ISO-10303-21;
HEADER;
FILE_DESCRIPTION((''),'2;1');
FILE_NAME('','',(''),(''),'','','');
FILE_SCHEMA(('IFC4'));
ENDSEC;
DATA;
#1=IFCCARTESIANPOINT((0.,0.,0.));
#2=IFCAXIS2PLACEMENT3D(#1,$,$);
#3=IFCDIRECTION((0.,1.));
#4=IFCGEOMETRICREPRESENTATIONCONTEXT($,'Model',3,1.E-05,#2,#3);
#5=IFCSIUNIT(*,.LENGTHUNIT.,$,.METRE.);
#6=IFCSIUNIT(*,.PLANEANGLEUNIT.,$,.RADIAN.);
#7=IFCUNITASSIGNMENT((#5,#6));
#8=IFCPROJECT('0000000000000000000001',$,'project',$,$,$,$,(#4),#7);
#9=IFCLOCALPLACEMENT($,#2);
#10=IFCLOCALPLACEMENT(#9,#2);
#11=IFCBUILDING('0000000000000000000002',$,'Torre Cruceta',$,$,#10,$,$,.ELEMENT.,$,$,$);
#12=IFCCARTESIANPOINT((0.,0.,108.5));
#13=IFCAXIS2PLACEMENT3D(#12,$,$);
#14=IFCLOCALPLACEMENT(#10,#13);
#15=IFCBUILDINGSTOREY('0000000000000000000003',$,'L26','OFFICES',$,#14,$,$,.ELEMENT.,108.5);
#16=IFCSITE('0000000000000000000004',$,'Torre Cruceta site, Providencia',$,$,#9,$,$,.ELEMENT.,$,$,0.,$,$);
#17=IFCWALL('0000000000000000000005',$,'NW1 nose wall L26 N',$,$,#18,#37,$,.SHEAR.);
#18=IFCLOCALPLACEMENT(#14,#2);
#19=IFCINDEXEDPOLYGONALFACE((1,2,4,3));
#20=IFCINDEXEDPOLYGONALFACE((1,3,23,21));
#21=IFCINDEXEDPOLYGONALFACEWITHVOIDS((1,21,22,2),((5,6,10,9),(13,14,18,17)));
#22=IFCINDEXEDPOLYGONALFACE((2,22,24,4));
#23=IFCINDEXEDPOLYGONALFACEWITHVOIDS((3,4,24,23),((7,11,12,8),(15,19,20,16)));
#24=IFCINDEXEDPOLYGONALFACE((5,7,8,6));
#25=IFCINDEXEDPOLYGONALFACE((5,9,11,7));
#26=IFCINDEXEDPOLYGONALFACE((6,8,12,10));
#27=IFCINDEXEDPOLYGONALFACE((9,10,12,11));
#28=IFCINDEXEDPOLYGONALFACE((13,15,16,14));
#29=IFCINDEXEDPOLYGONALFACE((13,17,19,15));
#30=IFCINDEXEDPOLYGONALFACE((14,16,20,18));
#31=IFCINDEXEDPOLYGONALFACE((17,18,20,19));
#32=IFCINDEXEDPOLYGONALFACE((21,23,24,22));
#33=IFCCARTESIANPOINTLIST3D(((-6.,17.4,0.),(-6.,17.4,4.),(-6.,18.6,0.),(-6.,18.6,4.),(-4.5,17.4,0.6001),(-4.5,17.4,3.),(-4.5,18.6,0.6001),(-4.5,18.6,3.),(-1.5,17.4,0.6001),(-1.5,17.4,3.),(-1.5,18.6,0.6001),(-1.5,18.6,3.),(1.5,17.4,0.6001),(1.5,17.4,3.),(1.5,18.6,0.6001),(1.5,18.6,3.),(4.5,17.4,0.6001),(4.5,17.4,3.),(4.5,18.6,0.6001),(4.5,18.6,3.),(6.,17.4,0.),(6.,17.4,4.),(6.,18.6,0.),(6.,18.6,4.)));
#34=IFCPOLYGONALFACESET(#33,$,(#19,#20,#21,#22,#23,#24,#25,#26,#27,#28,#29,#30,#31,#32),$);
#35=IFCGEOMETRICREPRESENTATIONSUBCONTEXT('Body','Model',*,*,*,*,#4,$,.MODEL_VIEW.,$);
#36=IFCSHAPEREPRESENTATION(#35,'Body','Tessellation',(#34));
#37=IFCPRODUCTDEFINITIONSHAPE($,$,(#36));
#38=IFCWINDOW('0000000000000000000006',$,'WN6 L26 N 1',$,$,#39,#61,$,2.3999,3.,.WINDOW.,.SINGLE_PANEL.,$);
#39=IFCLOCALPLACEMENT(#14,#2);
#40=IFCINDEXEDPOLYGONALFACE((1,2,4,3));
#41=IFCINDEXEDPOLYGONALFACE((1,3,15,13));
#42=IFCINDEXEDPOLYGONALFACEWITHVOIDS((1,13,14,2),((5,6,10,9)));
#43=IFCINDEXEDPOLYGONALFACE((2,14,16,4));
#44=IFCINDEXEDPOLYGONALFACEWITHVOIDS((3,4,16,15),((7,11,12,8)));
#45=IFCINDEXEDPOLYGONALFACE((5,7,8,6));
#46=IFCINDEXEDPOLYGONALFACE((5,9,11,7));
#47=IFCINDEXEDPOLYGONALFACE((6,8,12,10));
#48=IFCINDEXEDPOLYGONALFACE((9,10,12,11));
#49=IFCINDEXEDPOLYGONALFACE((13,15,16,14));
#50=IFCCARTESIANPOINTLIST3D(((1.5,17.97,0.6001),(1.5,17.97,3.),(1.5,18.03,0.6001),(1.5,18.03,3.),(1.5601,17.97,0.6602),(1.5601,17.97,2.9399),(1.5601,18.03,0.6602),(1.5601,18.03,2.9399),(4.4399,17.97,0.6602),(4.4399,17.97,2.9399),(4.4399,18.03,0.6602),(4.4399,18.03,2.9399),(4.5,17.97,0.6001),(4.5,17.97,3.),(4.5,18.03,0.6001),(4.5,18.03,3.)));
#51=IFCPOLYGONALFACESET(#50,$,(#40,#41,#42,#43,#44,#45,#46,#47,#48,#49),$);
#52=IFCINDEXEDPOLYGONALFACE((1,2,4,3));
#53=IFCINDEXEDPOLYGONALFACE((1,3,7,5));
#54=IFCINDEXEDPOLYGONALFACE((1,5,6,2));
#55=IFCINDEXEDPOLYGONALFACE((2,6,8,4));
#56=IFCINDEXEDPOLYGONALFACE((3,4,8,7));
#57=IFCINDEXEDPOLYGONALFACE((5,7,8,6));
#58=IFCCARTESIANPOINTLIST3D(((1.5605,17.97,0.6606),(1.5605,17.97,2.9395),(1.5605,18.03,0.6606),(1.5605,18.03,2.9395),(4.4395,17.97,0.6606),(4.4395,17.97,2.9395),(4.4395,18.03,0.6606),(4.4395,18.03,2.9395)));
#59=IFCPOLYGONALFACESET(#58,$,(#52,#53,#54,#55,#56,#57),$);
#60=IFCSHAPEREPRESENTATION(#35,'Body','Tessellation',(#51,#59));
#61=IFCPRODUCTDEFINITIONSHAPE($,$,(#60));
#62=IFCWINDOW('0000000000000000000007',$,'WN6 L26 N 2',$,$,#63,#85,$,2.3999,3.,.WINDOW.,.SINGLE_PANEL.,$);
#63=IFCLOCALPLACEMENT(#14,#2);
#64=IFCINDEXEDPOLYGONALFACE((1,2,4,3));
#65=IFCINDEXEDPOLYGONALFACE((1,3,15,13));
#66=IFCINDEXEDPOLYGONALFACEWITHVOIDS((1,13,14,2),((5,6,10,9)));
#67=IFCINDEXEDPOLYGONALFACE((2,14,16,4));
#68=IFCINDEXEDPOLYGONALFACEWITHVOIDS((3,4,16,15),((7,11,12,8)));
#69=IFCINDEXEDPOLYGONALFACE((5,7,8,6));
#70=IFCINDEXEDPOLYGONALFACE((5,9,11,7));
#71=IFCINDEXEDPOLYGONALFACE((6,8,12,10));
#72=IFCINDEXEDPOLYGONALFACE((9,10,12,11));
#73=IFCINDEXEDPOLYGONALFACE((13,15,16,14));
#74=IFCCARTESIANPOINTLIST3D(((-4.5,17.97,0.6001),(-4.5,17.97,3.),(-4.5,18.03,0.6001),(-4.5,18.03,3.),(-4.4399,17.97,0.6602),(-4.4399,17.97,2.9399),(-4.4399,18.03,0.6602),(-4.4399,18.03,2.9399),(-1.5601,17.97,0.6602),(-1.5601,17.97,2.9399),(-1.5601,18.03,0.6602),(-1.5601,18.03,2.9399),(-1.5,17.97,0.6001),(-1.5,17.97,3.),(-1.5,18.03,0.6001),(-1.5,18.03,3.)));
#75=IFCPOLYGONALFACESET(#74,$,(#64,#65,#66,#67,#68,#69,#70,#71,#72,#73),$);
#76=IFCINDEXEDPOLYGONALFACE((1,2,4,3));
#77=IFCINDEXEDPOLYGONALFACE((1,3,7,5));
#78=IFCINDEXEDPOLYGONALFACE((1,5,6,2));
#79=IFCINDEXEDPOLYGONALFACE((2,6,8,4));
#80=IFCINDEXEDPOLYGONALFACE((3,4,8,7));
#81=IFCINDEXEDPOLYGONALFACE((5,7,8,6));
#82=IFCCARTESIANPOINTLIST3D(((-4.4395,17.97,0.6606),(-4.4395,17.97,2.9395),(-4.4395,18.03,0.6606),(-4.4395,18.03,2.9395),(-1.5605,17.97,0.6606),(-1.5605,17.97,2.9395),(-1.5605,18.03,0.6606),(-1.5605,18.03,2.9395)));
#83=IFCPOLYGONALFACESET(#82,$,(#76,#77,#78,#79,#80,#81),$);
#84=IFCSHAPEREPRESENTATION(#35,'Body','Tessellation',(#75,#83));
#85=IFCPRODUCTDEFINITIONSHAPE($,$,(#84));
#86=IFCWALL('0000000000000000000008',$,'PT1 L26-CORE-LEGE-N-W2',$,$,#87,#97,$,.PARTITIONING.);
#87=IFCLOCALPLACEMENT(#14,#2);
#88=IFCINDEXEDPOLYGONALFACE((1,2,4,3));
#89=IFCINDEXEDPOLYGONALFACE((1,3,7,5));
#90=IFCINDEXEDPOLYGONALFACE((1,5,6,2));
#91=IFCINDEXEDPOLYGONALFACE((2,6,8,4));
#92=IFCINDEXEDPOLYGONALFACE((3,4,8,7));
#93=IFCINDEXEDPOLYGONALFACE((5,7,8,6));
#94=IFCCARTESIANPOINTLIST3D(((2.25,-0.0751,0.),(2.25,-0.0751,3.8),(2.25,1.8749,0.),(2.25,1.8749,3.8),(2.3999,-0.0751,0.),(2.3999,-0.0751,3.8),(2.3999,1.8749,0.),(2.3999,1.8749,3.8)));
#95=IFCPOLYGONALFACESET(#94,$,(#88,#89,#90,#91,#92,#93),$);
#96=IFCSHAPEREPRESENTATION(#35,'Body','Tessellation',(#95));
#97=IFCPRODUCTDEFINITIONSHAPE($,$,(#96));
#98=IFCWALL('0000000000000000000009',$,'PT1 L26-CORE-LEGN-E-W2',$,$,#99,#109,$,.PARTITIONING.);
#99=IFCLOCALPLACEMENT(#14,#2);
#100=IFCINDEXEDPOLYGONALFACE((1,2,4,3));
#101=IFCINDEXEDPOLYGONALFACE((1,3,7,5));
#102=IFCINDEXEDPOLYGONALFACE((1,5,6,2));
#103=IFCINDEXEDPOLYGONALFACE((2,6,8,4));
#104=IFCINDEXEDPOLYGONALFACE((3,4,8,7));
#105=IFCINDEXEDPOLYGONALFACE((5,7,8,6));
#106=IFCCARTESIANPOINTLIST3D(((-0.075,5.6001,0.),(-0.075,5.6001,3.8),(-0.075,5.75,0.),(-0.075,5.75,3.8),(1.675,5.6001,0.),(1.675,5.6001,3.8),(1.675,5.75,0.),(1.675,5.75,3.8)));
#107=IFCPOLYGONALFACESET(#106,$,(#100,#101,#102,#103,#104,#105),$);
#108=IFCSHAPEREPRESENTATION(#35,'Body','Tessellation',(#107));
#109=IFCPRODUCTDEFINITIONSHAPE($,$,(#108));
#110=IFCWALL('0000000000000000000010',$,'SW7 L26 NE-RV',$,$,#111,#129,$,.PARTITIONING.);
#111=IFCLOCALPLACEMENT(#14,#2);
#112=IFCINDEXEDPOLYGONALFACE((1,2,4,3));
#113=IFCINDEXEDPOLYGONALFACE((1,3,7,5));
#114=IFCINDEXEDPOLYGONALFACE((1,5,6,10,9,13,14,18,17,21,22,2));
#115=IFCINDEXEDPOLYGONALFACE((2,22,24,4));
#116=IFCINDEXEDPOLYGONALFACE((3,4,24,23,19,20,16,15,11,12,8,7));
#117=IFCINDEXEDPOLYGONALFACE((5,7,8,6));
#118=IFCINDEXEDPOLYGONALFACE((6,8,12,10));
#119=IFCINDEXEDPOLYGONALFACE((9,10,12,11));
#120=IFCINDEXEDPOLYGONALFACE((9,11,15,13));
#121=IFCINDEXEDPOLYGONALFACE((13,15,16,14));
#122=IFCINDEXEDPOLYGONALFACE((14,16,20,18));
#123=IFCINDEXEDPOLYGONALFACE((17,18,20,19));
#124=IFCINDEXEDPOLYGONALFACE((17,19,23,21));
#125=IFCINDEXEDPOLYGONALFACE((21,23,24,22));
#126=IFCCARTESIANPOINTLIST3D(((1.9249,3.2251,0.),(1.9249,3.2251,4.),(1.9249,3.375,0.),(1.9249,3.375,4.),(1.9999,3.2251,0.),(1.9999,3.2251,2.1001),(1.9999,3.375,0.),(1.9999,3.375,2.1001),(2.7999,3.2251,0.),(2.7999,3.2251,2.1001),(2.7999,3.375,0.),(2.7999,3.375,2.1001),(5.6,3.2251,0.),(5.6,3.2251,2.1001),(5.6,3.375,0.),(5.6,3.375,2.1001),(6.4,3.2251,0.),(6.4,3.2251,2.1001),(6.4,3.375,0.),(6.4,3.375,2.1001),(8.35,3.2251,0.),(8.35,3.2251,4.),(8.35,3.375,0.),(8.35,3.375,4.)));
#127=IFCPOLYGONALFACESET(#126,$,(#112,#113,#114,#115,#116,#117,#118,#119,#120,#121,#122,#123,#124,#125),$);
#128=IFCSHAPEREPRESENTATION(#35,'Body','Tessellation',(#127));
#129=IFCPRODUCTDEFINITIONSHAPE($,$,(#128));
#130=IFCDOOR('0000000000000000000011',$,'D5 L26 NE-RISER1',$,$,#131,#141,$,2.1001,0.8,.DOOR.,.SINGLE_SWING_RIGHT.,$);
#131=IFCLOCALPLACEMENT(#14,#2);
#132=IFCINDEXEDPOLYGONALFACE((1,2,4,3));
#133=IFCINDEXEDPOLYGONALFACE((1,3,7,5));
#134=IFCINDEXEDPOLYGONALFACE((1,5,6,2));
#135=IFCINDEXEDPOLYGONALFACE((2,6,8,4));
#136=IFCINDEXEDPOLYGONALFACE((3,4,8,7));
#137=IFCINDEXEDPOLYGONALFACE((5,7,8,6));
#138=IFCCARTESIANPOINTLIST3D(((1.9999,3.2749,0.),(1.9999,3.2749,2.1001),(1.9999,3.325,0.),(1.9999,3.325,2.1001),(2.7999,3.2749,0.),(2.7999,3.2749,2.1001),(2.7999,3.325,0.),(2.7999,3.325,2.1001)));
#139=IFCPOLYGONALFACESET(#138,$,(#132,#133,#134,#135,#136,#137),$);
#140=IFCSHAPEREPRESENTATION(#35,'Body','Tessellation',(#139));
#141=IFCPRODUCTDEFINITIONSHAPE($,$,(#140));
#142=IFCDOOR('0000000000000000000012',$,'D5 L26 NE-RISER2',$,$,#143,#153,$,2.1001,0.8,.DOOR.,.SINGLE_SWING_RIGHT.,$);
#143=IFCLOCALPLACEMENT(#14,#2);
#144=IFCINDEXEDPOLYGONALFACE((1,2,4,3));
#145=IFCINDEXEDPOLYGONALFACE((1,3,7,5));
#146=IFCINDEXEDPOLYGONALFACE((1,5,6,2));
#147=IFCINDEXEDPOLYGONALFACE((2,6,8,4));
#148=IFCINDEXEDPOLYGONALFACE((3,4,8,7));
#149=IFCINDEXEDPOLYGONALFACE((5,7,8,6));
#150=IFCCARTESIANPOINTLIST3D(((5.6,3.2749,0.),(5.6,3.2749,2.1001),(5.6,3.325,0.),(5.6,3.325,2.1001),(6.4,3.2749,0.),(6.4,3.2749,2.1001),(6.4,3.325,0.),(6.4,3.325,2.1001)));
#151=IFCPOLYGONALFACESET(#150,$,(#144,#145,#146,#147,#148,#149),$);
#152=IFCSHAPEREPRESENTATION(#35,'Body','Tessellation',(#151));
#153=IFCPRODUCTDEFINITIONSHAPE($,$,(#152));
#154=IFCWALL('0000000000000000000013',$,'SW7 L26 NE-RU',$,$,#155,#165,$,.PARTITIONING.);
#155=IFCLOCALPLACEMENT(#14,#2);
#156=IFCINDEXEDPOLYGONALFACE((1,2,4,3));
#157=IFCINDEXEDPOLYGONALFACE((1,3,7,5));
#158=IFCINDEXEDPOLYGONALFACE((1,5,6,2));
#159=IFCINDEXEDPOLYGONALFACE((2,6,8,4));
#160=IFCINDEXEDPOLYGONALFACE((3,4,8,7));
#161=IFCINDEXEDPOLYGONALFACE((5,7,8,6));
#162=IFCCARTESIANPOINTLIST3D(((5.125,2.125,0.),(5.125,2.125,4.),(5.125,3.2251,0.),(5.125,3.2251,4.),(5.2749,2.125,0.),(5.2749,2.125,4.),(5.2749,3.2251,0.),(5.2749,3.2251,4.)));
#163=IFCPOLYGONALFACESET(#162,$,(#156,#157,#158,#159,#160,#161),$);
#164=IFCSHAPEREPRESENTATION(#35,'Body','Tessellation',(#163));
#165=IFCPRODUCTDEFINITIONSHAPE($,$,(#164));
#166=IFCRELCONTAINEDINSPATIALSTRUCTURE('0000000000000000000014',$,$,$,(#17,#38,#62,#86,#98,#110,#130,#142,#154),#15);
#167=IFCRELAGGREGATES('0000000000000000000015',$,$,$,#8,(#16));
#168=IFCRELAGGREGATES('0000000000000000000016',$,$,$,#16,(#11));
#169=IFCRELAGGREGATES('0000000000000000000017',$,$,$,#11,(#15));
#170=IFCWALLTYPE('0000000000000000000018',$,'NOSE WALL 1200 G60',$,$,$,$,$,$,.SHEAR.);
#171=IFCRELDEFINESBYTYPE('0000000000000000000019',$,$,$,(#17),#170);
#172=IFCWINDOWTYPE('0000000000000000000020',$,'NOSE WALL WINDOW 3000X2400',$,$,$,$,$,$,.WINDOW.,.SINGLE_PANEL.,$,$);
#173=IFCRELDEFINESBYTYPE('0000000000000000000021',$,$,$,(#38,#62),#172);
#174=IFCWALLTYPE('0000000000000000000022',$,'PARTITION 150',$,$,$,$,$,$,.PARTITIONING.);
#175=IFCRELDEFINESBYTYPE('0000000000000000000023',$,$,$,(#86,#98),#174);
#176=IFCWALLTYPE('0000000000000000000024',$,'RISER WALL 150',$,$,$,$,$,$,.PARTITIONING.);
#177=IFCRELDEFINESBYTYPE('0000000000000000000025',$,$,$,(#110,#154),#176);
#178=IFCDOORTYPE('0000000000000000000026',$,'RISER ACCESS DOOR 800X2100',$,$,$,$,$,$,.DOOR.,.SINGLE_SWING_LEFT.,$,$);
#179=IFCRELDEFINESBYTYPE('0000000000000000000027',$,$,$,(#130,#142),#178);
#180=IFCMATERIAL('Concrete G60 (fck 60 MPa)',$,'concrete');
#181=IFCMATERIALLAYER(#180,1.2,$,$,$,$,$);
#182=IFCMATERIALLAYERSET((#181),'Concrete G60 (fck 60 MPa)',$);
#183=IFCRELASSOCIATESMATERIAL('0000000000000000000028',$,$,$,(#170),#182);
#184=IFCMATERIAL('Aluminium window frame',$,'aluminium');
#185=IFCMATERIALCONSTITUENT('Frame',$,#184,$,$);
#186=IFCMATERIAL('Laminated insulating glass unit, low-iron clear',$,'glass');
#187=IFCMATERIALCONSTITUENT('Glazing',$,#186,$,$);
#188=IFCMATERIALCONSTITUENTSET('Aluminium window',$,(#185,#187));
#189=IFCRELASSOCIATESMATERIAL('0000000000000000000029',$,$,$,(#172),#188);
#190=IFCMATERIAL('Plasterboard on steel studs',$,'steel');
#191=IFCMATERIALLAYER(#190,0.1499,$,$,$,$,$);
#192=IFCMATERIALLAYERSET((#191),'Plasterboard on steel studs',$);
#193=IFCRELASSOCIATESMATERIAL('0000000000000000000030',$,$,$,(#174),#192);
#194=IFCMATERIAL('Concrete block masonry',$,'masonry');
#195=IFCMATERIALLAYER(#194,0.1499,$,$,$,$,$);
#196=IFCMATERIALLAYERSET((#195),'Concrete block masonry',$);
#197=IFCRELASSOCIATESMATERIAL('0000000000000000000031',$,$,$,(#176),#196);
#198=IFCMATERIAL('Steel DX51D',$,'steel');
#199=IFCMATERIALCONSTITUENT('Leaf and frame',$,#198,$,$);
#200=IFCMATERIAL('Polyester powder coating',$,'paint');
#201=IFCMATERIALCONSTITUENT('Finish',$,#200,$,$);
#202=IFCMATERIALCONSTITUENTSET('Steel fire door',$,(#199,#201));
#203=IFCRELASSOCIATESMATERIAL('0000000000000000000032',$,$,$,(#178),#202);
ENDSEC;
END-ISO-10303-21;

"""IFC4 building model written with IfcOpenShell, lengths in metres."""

from ifc_helpers import new_model, si_unit, direction, frame, frame_2d, origin, place, context, subcontext, project, spatial, rectangle, hollow_rectangle, extrude, material, layer, layer_set, constituent, constituent_set, type_object, element, fill, save


model = new_model("IFC4")

# Units and contexts
model_context = context("Model", 3, precision=1e-05, world=origin(), true_north=direction((0.0, 1.0)))
body_context = subcontext(model_context, "Body", "Model", "MODEL_VIEW")
ifc_project = project(units=[si_unit("LENGTHUNIT", "METRE"), si_unit("PLANEANGLEUNIT", "RADIAN")], contexts=[model_context])

# Site, building, storey
site_placement = place(None, origin())
site = spatial("IfcSite", under=ifc_project, at=site_placement, Name="Torre Cruceta site, Providencia", CompositionType="ELEMENT", RefElevation=0.0)
building_placement = place(site_placement, origin())
building = spatial("IfcBuilding", under=site, at=building_placement, Name="Torre Cruceta", CompositionType="ELEMENT")
storey_placement = place(building_placement, frame((0.0, 0.0, 108.5)))
storey = spatial("IfcBuildingStorey", under=building, at=storey_placement, Name="L26", Description="OFFICES", CompositionType="ELEMENT", Elevation=108.5)

# Wall, openings, windows
ifc_material_1 = material(Name="Concrete G60 (fck 60 MPa)", Category="concrete")
ifc_layer_1 = layer(ifc_material_1, 1.2)
ifc_layer_set_1 = layer_set([ifc_layer_1], Name="Concrete G60 (fck 60 MPa)")
wall_type_1 = type_object("IfcWallType", Name="NOSE WALL 1200 G60", PredefinedType="SHEAR", material=ifc_layer_set_1)
wall_1_placement = place(storey_placement, frame((6.0, 18.0, 0.0), z_axis=(0.0, 0.0, 1.0), x_axis=(-1.0, 0.0, 0.0)))
wall_1 = element("IfcWall", 1, at=wall_1_placement, inside=storey, type_object=wall_type_1, Name="NW1 nose wall L26 N", PredefinedType="SHEAR", context=body_context, shape_type="SweptSolid", body=[
    extrude(rectangle(XDim=12.0, YDim=1.2, at=frame_2d((6.0, 0.0))), origin(), (0.0, 0.0, 1.0), 4.0),
])
opening_1_placement = place(wall_1_placement, frame((1.5, 0.0, 0.6001)))
opening_1 = element("IfcOpeningElement", 2, at=opening_1_placement, cuts=wall_1, PredefinedType="OPENING", context=body_context, shape_type="SweptSolid", body=[
    extrude(rectangle(XDim=3.0, YDim=2.3999, at=frame_2d((1.5, 1.2))), frame((0.0, 0.6099, 0.0), z_axis=(0.0, -1.0, 0.0), x_axis=(1.0, 0.0, 0.0)), (0.0, 0.0, 1.0), 1.22),
])
opening_2_placement = place(wall_1_placement, frame((7.5, 0.0, 0.6001)))
opening_2 = element("IfcOpeningElement", 3, at=opening_2_placement, cuts=wall_1, PredefinedType="OPENING", context=body_context, shape_type="SweptSolid", body=[
    extrude(rectangle(XDim=3.0, YDim=2.3999, at=frame_2d((1.5, 1.2))), frame((0.0, 0.6099, 0.0), z_axis=(0.0, -1.0, 0.0), x_axis=(1.0, 0.0, 0.0)), (0.0, 0.0, 1.0), 1.22),
])
ifc_material_2 = material(Name="Aluminium window frame", Category="aluminium")
ifc_constituent_1 = constituent(ifc_material_2, Name="Frame")
ifc_material_3 = material(Name="Laminated insulating glass unit, low-iron clear", Category="glass")
ifc_constituent_2 = constituent(ifc_material_3, Name="Glazing")
ifc_constituent_set_1 = constituent_set(constituents=[ifc_constituent_1, ifc_constituent_2], Name="Aluminium window")
window_type = type_object("IfcWindowType", Name="NOSE WALL WINDOW 3000X2400", PartitioningType="SINGLE_PANEL", PredefinedType="WINDOW", material=ifc_constituent_set_1)
window_1_placement = place(opening_1_placement, origin())
window_1 = element("IfcWindow", 4, at=window_1_placement, inside=storey, type_object=window_type, Name="WN6 L26 N 1", OverallHeight=2.3999, OverallWidth=3.0, PartitioningType="SINGLE_PANEL", PredefinedType="WINDOW", context=body_context, shape_type="SweptSolid", body=[
    extrude(hollow_rectangle(XDim=3.0, YDim=2.3999, WallThickness=0.0601, at=frame_2d((1.5, 1.2))), frame((0.0, 0.03, 0.0), z_axis=(0.0, -1.0, 0.0), x_axis=(1.0, 0.0, 0.0)), (0.0, 0.0, 1.0), 0.0601),
    extrude(rectangle(XDim=2.8789, YDim=2.2788, at=frame_2d((1.5, 1.2))), frame((0.0, 0.03, 0.0), z_axis=(0.0, -1.0, 0.0), x_axis=(1.0, 0.0, 0.0)), (0.0, 0.0, 1.0), 0.0601),
])
fill(opening_1, window_1)
window_2_placement = place(opening_2_placement, origin())
window_2 = element("IfcWindow", 5, at=window_2_placement, inside=storey, type_object=window_type, Name="WN6 L26 N 2", OverallHeight=2.3999, OverallWidth=3.0, PartitioningType="SINGLE_PANEL", PredefinedType="WINDOW", context=body_context, shape_type="SweptSolid", body=[
    extrude(hollow_rectangle(XDim=3.0, YDim=2.3999, WallThickness=0.0601, at=frame_2d((1.5, 1.2))), frame((0.0, 0.03, 0.0), z_axis=(0.0, -1.0, 0.0), x_axis=(1.0, 0.0, 0.0)), (0.0, 0.0, 1.0), 0.0601),
    extrude(rectangle(XDim=2.8789, YDim=2.2788, at=frame_2d((1.5, 1.2))), frame((0.0, 0.03, 0.0), z_axis=(0.0, -1.0, 0.0), x_axis=(1.0, 0.0, 0.0)), (0.0, 0.0, 1.0), 0.0601),
])
fill(opening_2, window_2)

# Walls
ifc_material_4 = material(Name="Plasterboard on steel studs", Category="steel")
ifc_layer_2 = layer(ifc_material_4, 0.1499)
ifc_layer_set_2 = layer_set([ifc_layer_2], Name="Plasterboard on steel studs")
wall_type_2 = type_object("IfcWallType", Name="PARTITION 150", PredefinedType="PARTITIONING", material=ifc_layer_set_2)
wall_2_placement = place(storey_placement, frame((2.325, 1.875, 0.0), z_axis=(0.0, 0.0, 1.0), x_axis=(0.0, -1.0, 0.0)))
element("IfcWall", 6, at=wall_2_placement, inside=storey, type_object=wall_type_2, Name="PT1 L26-CORE-LEGE-N-W2", PredefinedType="PARTITIONING", context=body_context, shape_type="SweptSolid", body=[
    extrude(rectangle(XDim=1.95, YDim=0.1499, at=frame_2d((0.9751, 0.0))), origin(), (0.0, 0.0, 1.0), 3.8),
])
wall_3_placement = place(storey_placement, frame((1.675, 5.675, 0.0), z_axis=(0.0, 0.0, 1.0), x_axis=(-1.0, 0.0, 0.0)))
element("IfcWall", 7, at=wall_3_placement, inside=storey, type_object=wall_type_2, Name="PT1 L26-CORE-LEGN-E-W2", PredefinedType="PARTITIONING", context=body_context, shape_type="SweptSolid", body=[
    extrude(rectangle(XDim=1.75, YDim=0.1499, at=frame_2d((0.875, 0.0))), origin(), (0.0, 0.0, 1.0), 3.8),
])

# Wall, openings, doors
ifc_material_5 = material(Name="Concrete block masonry", Category="masonry")
ifc_layer_3 = layer(ifc_material_5, 0.1499)
ifc_layer_set_3 = layer_set([ifc_layer_3], Name="Concrete block masonry")
wall_type_3 = type_object("IfcWallType", Name="RISER WALL 150", PredefinedType="PARTITIONING", material=ifc_layer_set_3)
wall_4_placement = place(storey_placement, frame((1.925, 3.3, 0.0), z_axis=(0.0, 0.0, 1.0), x_axis=(1.0, 0.0, 0.0)))
wall_4 = element("IfcWall", 8, at=wall_4_placement, inside=storey, type_object=wall_type_3, Name="SW7 L26 NE-RV", PredefinedType="PARTITIONING", context=body_context, shape_type="SweptSolid", body=[
    extrude(rectangle(XDim=6.425, YDim=0.1499, at=frame_2d((3.2124, 0.0))), origin(), (0.0, 0.0, 1.0), 4.0),
])
opening_3_placement = place(wall_4_placement, frame((0.075, 0.0, 0.0)))
opening_3 = element("IfcOpeningElement", 9, at=opening_3_placement, cuts=wall_4, PredefinedType="OPENING", context=body_context, shape_type="SweptSolid", body=[
    extrude(rectangle(XDim=0.8, YDim=2.1001, at=frame_2d((0.3999, 1.05))), frame((0.0, 0.085, 0.0), z_axis=(0.0, -1.0, 0.0), x_axis=(1.0, 0.0, 0.0)), (0.0, 0.0, 1.0), 0.1699),
])
opening_4_placement = place(wall_4_placement, frame((3.675, 0.0, 0.0)))
opening_4 = element("IfcOpeningElement", 10, at=opening_4_placement, cuts=wall_4, PredefinedType="OPENING", context=body_context, shape_type="SweptSolid", body=[
    extrude(rectangle(XDim=0.8, YDim=2.1001, at=frame_2d((0.3999, 1.05))), frame((0.0, 0.085, 0.0), z_axis=(0.0, -1.0, 0.0), x_axis=(1.0, 0.0, 0.0)), (0.0, 0.0, 1.0), 0.1699),
])
ifc_material_6 = material(Name="Steel DX51D", Category="steel")
ifc_constituent_3 = constituent(ifc_material_6, Name="Leaf and frame")
ifc_material_7 = material(Name="Polyester powder coating", Category="paint")
ifc_constituent_4 = constituent(ifc_material_7, Name="Finish")
ifc_constituent_set_2 = constituent_set(constituents=[ifc_constituent_3, ifc_constituent_4], Name="Steel fire door")
door_type_1 = type_object("IfcDoorType", Name="RISER ACCESS DOOR 800X2100", OperationType="SINGLE_SWING_LEFT", PredefinedType="DOOR", material=ifc_constituent_set_2)
door_1_placement = place(opening_3_placement, frame((0.8, 0.0, 0.0), z_axis=(0.0, 0.0, 1.0), x_axis=(-1.0, 0.0, 0.0)))
door_1 = element("IfcDoor", 11, at=door_1_placement, inside=storey, type_object=door_type_1, Name="D5 L26 NE-RISER1", OperationType="SINGLE_SWING_RIGHT", OverallHeight=2.1001, OverallWidth=0.8, PredefinedType="DOOR", context=body_context, shape_type="SweptSolid", body=[
    extrude(rectangle(XDim=0.8, YDim=2.1001, at=frame_2d((0.4001, 1.05))), frame((0.0, 0.0251, 0.0), z_axis=(0.0, -1.0, 0.0), x_axis=(1.0, 0.0, 0.0)), (0.0, 0.0, 1.0), 0.05),
])
fill(opening_3, door_1)
door_2_placement = place(opening_4_placement, frame((0.8, 0.0, 0.0), z_axis=(0.0, 0.0, 1.0), x_axis=(-1.0, 0.0, 0.0)))
door_2 = element("IfcDoor", 12, at=door_2_placement, inside=storey, type_object=door_type_1, Name="D5 L26 NE-RISER2", OperationType="SINGLE_SWING_RIGHT", OverallHeight=2.1001, OverallWidth=0.8, PredefinedType="DOOR", context=body_context, shape_type="SweptSolid", body=[
    extrude(rectangle(XDim=0.8, YDim=2.1001, at=frame_2d((0.4001, 1.05))), frame((0.0, 0.0251, 0.0), z_axis=(0.0, -1.0, 0.0), x_axis=(1.0, 0.0, 0.0)), (0.0, 0.0, 1.0), 0.05),
])
fill(opening_4, door_2)

# Wall
wall_5_placement = place(storey_placement, frame((5.2, 2.125, 0.0), z_axis=(0.0, 0.0, 1.0), x_axis=(0.0, 1.0, 0.0)))
element("IfcWall", 13, at=wall_5_placement, inside=storey, type_object=wall_type_3, Name="SW7 L26 NE-RU", PredefinedType="PARTITIONING", context=body_context, shape_type="SweptSolid", body=[
    extrude(rectangle(XDim=1.1001, YDim=0.1499, at=frame_2d((0.55, 0.0))), origin(), (0.0, 0.0, 1.0), 4.0),
])

save(model, "model.ifc")
